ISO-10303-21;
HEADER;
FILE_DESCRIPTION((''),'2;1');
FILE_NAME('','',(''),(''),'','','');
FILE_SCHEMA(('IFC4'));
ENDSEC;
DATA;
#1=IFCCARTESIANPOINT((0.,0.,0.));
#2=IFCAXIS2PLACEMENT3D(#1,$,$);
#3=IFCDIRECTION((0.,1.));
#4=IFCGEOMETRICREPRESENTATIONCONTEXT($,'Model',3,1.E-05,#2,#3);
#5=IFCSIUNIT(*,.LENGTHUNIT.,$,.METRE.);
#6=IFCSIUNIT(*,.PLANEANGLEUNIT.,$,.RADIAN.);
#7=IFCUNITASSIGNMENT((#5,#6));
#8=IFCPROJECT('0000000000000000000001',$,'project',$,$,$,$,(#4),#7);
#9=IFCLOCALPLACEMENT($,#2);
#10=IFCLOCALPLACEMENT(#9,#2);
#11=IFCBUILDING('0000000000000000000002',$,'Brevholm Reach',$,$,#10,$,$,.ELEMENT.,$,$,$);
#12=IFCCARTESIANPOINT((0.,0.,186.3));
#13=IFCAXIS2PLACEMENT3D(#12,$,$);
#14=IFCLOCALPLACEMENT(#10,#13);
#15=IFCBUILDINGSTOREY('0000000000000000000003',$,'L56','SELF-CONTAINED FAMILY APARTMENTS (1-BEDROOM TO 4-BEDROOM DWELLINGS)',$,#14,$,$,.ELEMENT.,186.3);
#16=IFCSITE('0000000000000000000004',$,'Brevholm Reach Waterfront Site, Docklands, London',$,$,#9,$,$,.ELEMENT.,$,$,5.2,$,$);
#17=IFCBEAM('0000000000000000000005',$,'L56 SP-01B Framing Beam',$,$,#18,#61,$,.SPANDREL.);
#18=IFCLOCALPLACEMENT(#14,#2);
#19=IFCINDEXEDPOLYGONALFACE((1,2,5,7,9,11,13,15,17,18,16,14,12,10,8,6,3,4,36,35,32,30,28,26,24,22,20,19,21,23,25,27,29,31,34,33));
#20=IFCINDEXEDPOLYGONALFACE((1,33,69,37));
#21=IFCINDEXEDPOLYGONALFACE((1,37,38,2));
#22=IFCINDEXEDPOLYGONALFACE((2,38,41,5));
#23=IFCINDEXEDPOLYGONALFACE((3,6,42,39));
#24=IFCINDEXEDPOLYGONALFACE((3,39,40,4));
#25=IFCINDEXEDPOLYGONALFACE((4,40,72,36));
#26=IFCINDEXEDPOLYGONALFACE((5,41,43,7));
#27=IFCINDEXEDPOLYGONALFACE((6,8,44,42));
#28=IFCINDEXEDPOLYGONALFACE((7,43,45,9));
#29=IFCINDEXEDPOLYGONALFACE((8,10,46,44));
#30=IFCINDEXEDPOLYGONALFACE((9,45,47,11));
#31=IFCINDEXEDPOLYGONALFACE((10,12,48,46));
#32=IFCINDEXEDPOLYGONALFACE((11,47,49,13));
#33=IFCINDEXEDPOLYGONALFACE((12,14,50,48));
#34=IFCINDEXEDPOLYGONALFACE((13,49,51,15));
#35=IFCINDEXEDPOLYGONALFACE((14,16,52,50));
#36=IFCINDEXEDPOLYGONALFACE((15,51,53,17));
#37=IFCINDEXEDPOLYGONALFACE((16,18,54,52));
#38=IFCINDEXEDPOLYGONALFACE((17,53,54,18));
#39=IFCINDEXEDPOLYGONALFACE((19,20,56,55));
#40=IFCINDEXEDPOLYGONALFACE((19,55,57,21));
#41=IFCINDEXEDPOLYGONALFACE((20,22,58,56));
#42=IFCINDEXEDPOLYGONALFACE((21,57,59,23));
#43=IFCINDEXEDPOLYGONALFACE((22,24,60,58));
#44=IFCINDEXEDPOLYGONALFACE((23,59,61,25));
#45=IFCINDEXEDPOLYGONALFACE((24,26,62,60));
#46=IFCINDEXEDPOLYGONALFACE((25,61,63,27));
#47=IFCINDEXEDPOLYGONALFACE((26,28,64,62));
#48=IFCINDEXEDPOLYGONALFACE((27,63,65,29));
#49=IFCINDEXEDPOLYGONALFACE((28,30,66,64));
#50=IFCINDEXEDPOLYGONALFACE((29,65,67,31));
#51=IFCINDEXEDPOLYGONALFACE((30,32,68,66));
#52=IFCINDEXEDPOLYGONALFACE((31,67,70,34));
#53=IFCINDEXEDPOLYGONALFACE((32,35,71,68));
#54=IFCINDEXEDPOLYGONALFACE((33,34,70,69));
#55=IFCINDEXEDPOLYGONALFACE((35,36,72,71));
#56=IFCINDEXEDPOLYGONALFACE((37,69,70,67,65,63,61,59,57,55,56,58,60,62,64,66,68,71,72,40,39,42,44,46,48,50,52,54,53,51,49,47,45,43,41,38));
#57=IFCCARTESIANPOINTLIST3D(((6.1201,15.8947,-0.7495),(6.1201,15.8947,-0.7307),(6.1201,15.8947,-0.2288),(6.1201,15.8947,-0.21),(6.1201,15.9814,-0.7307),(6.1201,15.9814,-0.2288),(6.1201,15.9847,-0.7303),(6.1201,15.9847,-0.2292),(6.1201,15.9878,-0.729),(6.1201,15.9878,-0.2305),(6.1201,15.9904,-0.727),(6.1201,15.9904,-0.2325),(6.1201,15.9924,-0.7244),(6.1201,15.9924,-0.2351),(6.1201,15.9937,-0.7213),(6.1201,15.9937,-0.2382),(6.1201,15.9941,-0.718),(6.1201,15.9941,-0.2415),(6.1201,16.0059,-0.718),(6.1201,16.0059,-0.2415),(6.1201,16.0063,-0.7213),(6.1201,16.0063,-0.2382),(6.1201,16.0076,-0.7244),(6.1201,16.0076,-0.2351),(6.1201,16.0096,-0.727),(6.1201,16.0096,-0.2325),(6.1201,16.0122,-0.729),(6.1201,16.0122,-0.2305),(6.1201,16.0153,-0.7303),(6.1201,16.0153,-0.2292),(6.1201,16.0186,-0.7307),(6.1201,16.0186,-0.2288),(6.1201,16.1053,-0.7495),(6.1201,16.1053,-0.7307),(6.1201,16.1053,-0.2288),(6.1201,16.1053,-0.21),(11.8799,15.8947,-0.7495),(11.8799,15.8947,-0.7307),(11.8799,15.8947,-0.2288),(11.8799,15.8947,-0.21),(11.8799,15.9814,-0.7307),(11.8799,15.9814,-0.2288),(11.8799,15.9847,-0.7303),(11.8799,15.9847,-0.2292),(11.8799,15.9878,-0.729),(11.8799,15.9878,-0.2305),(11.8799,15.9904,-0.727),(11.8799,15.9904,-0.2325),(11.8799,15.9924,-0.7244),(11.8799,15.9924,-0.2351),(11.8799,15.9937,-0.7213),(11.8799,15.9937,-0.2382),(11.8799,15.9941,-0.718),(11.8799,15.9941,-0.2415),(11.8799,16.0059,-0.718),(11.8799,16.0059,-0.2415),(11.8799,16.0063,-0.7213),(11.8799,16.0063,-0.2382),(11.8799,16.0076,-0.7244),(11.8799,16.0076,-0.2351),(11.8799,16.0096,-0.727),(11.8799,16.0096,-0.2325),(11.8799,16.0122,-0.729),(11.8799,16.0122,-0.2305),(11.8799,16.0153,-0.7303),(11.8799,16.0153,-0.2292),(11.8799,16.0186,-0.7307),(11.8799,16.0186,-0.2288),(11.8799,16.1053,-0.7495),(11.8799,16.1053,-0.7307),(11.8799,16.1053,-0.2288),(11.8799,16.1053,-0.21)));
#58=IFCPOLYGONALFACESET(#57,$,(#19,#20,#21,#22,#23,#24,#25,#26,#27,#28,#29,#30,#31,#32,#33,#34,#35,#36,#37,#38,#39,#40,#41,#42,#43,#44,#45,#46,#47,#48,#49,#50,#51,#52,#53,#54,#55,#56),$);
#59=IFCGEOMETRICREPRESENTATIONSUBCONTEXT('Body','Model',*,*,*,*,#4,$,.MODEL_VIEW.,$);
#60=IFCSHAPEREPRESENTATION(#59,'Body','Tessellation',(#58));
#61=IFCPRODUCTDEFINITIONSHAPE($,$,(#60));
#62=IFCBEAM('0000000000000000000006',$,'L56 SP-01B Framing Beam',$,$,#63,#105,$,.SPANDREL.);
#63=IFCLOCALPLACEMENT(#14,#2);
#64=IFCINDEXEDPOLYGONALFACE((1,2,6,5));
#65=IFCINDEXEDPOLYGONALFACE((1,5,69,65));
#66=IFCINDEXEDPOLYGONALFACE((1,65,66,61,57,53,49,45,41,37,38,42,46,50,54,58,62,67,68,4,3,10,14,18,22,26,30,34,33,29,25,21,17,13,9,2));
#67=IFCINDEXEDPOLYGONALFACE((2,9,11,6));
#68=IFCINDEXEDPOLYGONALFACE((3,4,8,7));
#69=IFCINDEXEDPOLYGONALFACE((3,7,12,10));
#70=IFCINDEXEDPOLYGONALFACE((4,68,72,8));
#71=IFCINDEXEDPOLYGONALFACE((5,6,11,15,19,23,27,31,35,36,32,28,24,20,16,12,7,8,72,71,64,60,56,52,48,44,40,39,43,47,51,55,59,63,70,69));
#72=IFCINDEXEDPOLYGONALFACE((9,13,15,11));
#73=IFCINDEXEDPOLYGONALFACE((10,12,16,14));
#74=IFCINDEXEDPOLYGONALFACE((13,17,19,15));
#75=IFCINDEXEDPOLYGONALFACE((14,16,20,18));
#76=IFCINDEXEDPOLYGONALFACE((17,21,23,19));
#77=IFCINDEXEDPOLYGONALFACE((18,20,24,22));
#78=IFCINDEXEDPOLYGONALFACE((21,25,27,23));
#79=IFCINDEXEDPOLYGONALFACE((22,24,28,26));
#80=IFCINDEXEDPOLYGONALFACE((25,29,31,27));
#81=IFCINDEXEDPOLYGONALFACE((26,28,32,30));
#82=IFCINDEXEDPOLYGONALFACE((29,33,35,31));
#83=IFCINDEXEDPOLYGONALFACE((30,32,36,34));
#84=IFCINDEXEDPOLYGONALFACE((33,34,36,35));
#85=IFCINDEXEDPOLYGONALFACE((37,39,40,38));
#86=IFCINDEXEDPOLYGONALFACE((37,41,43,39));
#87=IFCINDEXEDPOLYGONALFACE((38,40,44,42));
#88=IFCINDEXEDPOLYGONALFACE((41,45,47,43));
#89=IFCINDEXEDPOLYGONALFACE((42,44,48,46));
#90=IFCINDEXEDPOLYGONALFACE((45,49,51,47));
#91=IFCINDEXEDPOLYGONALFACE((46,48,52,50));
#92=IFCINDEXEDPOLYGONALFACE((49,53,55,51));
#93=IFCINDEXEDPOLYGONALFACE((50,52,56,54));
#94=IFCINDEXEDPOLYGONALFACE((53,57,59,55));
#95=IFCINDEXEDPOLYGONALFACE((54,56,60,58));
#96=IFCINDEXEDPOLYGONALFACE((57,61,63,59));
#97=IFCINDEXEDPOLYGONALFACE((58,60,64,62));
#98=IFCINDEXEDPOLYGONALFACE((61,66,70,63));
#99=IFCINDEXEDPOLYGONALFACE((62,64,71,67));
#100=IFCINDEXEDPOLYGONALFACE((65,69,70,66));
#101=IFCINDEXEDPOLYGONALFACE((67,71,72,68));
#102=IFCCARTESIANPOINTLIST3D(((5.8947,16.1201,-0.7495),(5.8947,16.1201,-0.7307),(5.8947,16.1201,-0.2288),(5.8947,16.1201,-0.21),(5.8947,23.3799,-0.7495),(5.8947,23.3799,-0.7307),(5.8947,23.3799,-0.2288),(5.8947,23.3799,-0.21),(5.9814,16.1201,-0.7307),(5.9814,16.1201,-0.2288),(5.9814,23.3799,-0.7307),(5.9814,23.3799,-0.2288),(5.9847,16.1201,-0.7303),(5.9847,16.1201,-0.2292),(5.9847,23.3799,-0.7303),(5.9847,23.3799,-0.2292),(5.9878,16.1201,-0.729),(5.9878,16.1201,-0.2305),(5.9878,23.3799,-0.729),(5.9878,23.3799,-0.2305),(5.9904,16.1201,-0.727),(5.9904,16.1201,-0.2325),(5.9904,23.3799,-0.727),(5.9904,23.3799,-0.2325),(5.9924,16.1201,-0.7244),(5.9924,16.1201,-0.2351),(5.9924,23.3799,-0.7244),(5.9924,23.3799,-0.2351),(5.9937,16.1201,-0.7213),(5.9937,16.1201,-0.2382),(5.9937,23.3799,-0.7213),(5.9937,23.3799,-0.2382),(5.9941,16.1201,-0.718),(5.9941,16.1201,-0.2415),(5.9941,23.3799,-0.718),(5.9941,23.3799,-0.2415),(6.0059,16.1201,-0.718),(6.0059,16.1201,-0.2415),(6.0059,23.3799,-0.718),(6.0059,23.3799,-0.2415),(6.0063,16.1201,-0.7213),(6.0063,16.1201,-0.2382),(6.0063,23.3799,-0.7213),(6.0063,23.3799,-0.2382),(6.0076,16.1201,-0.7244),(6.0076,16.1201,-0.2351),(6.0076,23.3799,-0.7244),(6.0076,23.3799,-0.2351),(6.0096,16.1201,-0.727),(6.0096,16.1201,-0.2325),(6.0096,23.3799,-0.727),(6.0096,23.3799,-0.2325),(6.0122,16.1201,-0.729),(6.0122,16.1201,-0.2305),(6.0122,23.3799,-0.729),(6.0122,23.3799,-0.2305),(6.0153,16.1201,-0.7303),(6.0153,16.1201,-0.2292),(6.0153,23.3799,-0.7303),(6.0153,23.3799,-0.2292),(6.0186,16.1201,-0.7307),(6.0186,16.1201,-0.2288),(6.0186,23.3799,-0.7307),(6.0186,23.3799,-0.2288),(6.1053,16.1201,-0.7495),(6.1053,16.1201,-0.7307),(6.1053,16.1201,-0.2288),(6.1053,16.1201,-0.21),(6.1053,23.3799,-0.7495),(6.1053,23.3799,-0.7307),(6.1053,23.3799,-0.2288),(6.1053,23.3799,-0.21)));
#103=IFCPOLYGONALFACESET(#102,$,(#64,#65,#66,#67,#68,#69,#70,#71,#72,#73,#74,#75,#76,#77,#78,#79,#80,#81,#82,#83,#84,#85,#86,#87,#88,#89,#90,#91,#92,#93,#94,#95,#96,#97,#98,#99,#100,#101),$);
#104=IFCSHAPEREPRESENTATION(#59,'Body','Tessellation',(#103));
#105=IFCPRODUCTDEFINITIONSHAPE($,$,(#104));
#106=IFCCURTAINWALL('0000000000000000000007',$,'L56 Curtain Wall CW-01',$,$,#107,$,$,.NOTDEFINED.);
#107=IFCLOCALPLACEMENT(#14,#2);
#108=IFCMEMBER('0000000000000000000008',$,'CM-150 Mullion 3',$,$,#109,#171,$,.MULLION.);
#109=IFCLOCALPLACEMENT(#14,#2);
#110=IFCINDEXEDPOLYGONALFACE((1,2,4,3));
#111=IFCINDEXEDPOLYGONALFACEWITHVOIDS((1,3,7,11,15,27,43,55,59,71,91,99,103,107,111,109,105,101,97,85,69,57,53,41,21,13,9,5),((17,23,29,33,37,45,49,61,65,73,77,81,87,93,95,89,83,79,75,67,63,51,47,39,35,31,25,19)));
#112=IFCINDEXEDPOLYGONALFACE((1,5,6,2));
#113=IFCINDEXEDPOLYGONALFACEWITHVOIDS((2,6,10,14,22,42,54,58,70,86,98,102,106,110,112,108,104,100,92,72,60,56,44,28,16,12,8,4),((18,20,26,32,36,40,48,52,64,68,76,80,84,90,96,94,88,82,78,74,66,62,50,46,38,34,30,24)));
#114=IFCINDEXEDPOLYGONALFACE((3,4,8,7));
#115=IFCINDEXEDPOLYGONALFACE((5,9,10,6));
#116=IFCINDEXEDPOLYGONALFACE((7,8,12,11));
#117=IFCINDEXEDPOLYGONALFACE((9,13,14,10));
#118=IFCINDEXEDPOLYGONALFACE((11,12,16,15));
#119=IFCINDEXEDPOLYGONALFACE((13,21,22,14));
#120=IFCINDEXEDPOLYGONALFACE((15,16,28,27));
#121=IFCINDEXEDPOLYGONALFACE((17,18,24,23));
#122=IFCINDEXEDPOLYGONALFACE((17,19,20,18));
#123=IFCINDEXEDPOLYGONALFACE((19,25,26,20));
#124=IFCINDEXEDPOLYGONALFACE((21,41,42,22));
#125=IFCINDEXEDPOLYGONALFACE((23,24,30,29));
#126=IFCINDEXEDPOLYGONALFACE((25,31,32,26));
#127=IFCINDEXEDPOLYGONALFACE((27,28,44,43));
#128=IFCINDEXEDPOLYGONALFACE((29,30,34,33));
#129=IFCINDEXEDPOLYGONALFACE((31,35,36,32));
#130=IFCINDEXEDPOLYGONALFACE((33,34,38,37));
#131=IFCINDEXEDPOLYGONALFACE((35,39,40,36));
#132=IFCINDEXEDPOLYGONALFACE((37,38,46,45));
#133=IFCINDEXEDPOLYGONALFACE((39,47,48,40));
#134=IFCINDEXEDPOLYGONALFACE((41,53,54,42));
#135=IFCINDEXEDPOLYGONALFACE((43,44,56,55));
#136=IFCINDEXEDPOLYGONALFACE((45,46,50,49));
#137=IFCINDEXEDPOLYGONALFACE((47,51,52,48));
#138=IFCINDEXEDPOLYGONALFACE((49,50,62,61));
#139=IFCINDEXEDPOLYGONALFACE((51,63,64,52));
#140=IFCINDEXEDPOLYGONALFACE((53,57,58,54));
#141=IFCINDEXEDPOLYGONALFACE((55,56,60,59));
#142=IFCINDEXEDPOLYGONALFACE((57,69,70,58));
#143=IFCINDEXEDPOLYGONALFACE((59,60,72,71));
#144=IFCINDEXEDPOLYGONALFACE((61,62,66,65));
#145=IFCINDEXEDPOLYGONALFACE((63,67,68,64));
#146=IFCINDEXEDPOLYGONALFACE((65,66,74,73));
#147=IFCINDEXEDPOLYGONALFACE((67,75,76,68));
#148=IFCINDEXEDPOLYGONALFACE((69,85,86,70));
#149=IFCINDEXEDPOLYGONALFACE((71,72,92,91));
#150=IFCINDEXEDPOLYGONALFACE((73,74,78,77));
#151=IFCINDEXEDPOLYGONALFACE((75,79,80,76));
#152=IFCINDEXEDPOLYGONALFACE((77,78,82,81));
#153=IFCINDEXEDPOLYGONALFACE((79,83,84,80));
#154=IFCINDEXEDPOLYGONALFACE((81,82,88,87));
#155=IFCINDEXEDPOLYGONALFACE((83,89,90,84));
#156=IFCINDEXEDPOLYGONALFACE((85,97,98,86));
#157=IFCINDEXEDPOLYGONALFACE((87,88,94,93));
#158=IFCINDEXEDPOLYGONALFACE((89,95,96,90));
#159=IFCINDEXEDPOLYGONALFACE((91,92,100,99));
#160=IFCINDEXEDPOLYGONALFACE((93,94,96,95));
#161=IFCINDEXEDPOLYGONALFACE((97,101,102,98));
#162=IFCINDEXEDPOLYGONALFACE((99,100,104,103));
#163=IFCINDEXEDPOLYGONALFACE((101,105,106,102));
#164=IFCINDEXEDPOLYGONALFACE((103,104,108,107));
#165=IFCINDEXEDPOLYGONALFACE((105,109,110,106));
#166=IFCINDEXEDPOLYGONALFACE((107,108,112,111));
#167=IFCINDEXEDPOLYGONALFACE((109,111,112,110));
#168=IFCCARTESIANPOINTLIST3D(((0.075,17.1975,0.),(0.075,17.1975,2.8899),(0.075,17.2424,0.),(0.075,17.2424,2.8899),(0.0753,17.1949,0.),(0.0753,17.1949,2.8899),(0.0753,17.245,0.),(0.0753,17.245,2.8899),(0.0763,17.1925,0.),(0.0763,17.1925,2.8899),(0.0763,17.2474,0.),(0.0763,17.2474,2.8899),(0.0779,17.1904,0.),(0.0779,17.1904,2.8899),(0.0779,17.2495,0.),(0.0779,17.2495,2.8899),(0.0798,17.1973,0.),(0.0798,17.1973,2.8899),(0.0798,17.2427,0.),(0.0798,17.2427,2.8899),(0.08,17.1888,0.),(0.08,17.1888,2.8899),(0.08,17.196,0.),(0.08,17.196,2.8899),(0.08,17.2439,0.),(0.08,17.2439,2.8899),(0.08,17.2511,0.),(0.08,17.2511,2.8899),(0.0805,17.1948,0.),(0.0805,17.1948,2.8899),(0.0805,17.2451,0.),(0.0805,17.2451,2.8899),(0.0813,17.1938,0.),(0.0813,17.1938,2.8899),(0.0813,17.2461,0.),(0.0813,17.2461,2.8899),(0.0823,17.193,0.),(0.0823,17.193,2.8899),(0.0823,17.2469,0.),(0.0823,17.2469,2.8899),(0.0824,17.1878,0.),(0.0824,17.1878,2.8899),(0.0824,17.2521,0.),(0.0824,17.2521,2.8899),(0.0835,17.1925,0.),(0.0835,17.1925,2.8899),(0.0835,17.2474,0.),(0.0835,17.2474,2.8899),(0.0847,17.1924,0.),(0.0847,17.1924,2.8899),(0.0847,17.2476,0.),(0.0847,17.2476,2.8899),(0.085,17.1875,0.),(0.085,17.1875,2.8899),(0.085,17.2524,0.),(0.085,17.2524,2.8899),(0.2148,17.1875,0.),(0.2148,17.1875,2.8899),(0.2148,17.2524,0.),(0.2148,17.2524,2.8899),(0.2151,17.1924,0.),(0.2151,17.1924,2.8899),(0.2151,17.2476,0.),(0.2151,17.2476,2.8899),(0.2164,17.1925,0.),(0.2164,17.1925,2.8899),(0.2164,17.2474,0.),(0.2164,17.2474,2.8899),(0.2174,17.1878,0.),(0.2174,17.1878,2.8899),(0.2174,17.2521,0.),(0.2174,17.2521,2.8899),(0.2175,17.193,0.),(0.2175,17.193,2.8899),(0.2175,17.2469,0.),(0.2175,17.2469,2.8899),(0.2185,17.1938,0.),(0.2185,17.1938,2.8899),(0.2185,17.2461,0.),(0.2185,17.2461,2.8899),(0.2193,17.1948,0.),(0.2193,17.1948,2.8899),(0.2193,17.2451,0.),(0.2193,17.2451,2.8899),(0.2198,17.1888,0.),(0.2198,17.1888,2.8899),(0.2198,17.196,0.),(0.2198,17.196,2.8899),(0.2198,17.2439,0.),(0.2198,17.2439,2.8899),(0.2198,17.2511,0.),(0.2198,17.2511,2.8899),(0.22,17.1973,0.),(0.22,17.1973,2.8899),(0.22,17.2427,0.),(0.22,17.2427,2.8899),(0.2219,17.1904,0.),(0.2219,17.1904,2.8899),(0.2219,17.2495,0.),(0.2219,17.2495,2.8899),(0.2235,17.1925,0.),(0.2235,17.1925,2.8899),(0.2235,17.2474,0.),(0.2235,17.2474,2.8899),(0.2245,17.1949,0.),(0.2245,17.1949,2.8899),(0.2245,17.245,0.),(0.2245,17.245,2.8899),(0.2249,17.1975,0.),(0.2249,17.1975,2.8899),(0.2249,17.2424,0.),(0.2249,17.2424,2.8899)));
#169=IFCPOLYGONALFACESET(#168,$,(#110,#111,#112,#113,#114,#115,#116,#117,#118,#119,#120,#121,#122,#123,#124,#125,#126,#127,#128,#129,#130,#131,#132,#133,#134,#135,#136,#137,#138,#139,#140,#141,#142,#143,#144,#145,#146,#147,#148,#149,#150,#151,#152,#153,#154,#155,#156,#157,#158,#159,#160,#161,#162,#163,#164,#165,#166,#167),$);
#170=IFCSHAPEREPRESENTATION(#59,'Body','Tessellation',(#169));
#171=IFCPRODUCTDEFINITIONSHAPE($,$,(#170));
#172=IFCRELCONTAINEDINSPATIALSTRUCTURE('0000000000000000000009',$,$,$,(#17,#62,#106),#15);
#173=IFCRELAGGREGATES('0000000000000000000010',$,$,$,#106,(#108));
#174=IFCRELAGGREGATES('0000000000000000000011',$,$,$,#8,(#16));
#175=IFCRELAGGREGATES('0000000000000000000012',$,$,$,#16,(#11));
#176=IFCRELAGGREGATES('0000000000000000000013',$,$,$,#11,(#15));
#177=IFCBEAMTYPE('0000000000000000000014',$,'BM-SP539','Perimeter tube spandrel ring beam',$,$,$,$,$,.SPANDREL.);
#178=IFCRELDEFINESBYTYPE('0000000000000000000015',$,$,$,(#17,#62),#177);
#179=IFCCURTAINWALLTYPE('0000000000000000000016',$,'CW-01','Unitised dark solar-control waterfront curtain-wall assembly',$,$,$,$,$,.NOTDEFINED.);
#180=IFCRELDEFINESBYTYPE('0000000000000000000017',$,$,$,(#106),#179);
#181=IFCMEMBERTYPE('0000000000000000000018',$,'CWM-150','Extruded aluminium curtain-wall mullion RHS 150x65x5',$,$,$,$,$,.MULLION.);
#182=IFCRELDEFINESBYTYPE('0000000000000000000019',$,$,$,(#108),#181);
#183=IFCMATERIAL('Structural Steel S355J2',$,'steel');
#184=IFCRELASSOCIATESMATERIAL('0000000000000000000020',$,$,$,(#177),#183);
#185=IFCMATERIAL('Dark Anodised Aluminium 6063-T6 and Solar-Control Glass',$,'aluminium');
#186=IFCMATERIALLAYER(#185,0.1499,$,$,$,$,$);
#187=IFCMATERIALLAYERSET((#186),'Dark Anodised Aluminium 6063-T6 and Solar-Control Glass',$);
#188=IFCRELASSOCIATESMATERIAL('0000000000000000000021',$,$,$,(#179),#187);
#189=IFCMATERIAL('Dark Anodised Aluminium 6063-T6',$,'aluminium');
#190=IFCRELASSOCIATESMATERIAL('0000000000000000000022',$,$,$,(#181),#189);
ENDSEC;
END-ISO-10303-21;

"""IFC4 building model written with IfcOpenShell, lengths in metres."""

from ifc_helpers import new_model, si_unit, direction, frame, origin, origin_2d, place, context, subcontext, project, spatial, hollow_rectangle, i_section, extrude, material, layer, layer_set, material_profile, profile_set, type_object, element, aggregate, save


model = new_model("IFC4")

# Units and contexts
model_context = context("Model", 3, precision=1e-05, world=origin(), true_north=direction((0.0, 1.0)))
body_context = subcontext(model_context, "Body", "Model", "MODEL_VIEW")
ifc_project = project(units=[si_unit("LENGTHUNIT", "METRE"), si_unit("PLANEANGLEUNIT", "RADIAN")], contexts=[model_context])

# Site, building, storey
site_placement = place(None, origin())
site = spatial("IfcSite", under=ifc_project, at=site_placement, Name="Brevholm Reach Waterfront Site, Docklands, London", CompositionType="ELEMENT", RefElevation=5.2)
building_placement = place(site_placement, origin())
building = spatial("IfcBuilding", under=site, at=building_placement, Name="Brevholm Reach", CompositionType="ELEMENT")
storey_placement = place(building_placement, frame((0.0, 0.0, 186.3)))
storey = spatial("IfcBuildingStorey", under=building, at=storey_placement, Name="L56", Description="SELF-CONTAINED FAMILY APARTMENTS (1-BEDROOM TO 4-BEDROOM DWELLINGS)", CompositionType="ELEMENT", Elevation=186.3)

# Beams
ifc_material_1 = material(Name="Structural Steel S355J2", Category="steel")
ifc_material_profile_1 = material_profile(ifc_material_1, i_section(OverallWidth=0.2107, OverallDepth=0.5396, WebThickness=0.0117, FlangeThickness=0.0188, FilletRadius=0.0127, at=origin_2d()), Name="UKB 533x210x109")
ifc_profile_set_1 = profile_set([ifc_material_profile_1], Name="Structural Steel S355J2")
beam_type_1 = type_object("IfcBeamType", Name="BM-SP539", Description="Perimeter tube spandrel ring beam", PredefinedType="SPANDREL", material=ifc_profile_set_1)
for number, where, z_axis, x_axis, name in (
    (1, (6.1201, 16.0, -0.4797), (1.0, 0.0, 0.0), (0.0, 1.0, 0.0), "L56 SP-01B Framing Beam"),
):
    element("IfcBeam", number, at=place(storey_placement, frame(where, z_axis=z_axis, x_axis=x_axis)), inside=storey, type_object=beam_type_1, Name=name, PredefinedType="SPANDREL", context=body_context, shape_type="SweptSolid", body=[
        extrude(i_section(OverallWidth=0.2107, OverallDepth=0.5396, WebThickness=0.0117, FlangeThickness=0.0188, FilletRadius=0.0127, at=origin_2d()), origin(), (0.0, 0.0, 1.0), 5.7598),
    ])
beam_1_placement = place(storey_placement, frame((6.0, 16.1201, -0.4797), z_axis=(0.0, 1.0, 0.0), x_axis=(-1.0, 0.0, 0.0)))
element("IfcBeam", 2, at=beam_1_placement, inside=storey, type_object=beam_type_1, Name="L56 SP-01B Framing Beam", PredefinedType="SPANDREL", context=body_context, shape_type="SweptSolid", body=[
    extrude(i_section(OverallWidth=0.2107, OverallDepth=0.5396, WebThickness=0.0117, FlangeThickness=0.0188, FilletRadius=0.0127, at=origin_2d()), origin(), (0.0, 0.0, 1.0), 7.2598),
])

# Curtain wall, member
ifc_material_2 = material(Name="Dark Anodised Aluminium 6063-T6 and Solar-Control Glass", Category="aluminium")
ifc_layer_1 = layer(ifc_material_2, 0.1499)
ifc_layer_set_1 = layer_set([ifc_layer_1], Name="Dark Anodised Aluminium 6063-T6 and Solar-Control Glass")
curtain_wall_type = type_object("IfcCurtainWallType", Name="CW-01", Description="Unitised dark solar-control waterfront curtain-wall assembly", PredefinedType="NOTDEFINED", material=ifc_layer_set_1)
curtain_wall_placement = place(storey_placement, origin())
curtain_wall = element("IfcCurtainWall", 3, at=curtain_wall_placement, inside=storey, type_object=curtain_wall_type, Name="L56 Curtain Wall CW-01", PredefinedType="NOTDEFINED")
ifc_material_3 = material(Name="Dark Anodised Aluminium 6063-T6", Category="aluminium")
ifc_material_profile_2 = material_profile(ifc_material_3, hollow_rectangle(XDim=0.0649, YDim=0.1499, WallThickness=0.0049, InnerFilletRadius=0.0049, OuterFilletRadius=0.01, at=origin_2d()), Name="RHS 150x65x5")
ifc_profile_set_2 = profile_set([ifc_material_profile_2], Name="Dark Anodised Aluminium 6063-T6")
member_type_1 = type_object("IfcMemberType", Name="CWM-150", Description="Extruded aluminium curtain-wall mullion RHS 150x65x5", PredefinedType="MULLION", material=ifc_profile_set_2)
member_1_placement = place(storey_placement, frame((0.1499, 17.22, 0.0), z_axis=(0.0, 0.0, 1.0), x_axis=(0.0, -1.0, 0.0)))
member_1 = element("IfcMember", 4, at=member_1_placement, type_object=member_type_1, Name="CM-150 Mullion 3", PredefinedType="MULLION", context=body_context, shape_type="SweptSolid", body=[
    extrude(hollow_rectangle(XDim=0.0649, YDim=0.1499, WallThickness=0.0049, InnerFilletRadius=0.0049, OuterFilletRadius=0.01, at=origin_2d()), origin(), (0.0, 0.0, 1.0), 2.8899),
])
aggregate(curtain_wall, [member_1])

save(model, "model.ifc")
